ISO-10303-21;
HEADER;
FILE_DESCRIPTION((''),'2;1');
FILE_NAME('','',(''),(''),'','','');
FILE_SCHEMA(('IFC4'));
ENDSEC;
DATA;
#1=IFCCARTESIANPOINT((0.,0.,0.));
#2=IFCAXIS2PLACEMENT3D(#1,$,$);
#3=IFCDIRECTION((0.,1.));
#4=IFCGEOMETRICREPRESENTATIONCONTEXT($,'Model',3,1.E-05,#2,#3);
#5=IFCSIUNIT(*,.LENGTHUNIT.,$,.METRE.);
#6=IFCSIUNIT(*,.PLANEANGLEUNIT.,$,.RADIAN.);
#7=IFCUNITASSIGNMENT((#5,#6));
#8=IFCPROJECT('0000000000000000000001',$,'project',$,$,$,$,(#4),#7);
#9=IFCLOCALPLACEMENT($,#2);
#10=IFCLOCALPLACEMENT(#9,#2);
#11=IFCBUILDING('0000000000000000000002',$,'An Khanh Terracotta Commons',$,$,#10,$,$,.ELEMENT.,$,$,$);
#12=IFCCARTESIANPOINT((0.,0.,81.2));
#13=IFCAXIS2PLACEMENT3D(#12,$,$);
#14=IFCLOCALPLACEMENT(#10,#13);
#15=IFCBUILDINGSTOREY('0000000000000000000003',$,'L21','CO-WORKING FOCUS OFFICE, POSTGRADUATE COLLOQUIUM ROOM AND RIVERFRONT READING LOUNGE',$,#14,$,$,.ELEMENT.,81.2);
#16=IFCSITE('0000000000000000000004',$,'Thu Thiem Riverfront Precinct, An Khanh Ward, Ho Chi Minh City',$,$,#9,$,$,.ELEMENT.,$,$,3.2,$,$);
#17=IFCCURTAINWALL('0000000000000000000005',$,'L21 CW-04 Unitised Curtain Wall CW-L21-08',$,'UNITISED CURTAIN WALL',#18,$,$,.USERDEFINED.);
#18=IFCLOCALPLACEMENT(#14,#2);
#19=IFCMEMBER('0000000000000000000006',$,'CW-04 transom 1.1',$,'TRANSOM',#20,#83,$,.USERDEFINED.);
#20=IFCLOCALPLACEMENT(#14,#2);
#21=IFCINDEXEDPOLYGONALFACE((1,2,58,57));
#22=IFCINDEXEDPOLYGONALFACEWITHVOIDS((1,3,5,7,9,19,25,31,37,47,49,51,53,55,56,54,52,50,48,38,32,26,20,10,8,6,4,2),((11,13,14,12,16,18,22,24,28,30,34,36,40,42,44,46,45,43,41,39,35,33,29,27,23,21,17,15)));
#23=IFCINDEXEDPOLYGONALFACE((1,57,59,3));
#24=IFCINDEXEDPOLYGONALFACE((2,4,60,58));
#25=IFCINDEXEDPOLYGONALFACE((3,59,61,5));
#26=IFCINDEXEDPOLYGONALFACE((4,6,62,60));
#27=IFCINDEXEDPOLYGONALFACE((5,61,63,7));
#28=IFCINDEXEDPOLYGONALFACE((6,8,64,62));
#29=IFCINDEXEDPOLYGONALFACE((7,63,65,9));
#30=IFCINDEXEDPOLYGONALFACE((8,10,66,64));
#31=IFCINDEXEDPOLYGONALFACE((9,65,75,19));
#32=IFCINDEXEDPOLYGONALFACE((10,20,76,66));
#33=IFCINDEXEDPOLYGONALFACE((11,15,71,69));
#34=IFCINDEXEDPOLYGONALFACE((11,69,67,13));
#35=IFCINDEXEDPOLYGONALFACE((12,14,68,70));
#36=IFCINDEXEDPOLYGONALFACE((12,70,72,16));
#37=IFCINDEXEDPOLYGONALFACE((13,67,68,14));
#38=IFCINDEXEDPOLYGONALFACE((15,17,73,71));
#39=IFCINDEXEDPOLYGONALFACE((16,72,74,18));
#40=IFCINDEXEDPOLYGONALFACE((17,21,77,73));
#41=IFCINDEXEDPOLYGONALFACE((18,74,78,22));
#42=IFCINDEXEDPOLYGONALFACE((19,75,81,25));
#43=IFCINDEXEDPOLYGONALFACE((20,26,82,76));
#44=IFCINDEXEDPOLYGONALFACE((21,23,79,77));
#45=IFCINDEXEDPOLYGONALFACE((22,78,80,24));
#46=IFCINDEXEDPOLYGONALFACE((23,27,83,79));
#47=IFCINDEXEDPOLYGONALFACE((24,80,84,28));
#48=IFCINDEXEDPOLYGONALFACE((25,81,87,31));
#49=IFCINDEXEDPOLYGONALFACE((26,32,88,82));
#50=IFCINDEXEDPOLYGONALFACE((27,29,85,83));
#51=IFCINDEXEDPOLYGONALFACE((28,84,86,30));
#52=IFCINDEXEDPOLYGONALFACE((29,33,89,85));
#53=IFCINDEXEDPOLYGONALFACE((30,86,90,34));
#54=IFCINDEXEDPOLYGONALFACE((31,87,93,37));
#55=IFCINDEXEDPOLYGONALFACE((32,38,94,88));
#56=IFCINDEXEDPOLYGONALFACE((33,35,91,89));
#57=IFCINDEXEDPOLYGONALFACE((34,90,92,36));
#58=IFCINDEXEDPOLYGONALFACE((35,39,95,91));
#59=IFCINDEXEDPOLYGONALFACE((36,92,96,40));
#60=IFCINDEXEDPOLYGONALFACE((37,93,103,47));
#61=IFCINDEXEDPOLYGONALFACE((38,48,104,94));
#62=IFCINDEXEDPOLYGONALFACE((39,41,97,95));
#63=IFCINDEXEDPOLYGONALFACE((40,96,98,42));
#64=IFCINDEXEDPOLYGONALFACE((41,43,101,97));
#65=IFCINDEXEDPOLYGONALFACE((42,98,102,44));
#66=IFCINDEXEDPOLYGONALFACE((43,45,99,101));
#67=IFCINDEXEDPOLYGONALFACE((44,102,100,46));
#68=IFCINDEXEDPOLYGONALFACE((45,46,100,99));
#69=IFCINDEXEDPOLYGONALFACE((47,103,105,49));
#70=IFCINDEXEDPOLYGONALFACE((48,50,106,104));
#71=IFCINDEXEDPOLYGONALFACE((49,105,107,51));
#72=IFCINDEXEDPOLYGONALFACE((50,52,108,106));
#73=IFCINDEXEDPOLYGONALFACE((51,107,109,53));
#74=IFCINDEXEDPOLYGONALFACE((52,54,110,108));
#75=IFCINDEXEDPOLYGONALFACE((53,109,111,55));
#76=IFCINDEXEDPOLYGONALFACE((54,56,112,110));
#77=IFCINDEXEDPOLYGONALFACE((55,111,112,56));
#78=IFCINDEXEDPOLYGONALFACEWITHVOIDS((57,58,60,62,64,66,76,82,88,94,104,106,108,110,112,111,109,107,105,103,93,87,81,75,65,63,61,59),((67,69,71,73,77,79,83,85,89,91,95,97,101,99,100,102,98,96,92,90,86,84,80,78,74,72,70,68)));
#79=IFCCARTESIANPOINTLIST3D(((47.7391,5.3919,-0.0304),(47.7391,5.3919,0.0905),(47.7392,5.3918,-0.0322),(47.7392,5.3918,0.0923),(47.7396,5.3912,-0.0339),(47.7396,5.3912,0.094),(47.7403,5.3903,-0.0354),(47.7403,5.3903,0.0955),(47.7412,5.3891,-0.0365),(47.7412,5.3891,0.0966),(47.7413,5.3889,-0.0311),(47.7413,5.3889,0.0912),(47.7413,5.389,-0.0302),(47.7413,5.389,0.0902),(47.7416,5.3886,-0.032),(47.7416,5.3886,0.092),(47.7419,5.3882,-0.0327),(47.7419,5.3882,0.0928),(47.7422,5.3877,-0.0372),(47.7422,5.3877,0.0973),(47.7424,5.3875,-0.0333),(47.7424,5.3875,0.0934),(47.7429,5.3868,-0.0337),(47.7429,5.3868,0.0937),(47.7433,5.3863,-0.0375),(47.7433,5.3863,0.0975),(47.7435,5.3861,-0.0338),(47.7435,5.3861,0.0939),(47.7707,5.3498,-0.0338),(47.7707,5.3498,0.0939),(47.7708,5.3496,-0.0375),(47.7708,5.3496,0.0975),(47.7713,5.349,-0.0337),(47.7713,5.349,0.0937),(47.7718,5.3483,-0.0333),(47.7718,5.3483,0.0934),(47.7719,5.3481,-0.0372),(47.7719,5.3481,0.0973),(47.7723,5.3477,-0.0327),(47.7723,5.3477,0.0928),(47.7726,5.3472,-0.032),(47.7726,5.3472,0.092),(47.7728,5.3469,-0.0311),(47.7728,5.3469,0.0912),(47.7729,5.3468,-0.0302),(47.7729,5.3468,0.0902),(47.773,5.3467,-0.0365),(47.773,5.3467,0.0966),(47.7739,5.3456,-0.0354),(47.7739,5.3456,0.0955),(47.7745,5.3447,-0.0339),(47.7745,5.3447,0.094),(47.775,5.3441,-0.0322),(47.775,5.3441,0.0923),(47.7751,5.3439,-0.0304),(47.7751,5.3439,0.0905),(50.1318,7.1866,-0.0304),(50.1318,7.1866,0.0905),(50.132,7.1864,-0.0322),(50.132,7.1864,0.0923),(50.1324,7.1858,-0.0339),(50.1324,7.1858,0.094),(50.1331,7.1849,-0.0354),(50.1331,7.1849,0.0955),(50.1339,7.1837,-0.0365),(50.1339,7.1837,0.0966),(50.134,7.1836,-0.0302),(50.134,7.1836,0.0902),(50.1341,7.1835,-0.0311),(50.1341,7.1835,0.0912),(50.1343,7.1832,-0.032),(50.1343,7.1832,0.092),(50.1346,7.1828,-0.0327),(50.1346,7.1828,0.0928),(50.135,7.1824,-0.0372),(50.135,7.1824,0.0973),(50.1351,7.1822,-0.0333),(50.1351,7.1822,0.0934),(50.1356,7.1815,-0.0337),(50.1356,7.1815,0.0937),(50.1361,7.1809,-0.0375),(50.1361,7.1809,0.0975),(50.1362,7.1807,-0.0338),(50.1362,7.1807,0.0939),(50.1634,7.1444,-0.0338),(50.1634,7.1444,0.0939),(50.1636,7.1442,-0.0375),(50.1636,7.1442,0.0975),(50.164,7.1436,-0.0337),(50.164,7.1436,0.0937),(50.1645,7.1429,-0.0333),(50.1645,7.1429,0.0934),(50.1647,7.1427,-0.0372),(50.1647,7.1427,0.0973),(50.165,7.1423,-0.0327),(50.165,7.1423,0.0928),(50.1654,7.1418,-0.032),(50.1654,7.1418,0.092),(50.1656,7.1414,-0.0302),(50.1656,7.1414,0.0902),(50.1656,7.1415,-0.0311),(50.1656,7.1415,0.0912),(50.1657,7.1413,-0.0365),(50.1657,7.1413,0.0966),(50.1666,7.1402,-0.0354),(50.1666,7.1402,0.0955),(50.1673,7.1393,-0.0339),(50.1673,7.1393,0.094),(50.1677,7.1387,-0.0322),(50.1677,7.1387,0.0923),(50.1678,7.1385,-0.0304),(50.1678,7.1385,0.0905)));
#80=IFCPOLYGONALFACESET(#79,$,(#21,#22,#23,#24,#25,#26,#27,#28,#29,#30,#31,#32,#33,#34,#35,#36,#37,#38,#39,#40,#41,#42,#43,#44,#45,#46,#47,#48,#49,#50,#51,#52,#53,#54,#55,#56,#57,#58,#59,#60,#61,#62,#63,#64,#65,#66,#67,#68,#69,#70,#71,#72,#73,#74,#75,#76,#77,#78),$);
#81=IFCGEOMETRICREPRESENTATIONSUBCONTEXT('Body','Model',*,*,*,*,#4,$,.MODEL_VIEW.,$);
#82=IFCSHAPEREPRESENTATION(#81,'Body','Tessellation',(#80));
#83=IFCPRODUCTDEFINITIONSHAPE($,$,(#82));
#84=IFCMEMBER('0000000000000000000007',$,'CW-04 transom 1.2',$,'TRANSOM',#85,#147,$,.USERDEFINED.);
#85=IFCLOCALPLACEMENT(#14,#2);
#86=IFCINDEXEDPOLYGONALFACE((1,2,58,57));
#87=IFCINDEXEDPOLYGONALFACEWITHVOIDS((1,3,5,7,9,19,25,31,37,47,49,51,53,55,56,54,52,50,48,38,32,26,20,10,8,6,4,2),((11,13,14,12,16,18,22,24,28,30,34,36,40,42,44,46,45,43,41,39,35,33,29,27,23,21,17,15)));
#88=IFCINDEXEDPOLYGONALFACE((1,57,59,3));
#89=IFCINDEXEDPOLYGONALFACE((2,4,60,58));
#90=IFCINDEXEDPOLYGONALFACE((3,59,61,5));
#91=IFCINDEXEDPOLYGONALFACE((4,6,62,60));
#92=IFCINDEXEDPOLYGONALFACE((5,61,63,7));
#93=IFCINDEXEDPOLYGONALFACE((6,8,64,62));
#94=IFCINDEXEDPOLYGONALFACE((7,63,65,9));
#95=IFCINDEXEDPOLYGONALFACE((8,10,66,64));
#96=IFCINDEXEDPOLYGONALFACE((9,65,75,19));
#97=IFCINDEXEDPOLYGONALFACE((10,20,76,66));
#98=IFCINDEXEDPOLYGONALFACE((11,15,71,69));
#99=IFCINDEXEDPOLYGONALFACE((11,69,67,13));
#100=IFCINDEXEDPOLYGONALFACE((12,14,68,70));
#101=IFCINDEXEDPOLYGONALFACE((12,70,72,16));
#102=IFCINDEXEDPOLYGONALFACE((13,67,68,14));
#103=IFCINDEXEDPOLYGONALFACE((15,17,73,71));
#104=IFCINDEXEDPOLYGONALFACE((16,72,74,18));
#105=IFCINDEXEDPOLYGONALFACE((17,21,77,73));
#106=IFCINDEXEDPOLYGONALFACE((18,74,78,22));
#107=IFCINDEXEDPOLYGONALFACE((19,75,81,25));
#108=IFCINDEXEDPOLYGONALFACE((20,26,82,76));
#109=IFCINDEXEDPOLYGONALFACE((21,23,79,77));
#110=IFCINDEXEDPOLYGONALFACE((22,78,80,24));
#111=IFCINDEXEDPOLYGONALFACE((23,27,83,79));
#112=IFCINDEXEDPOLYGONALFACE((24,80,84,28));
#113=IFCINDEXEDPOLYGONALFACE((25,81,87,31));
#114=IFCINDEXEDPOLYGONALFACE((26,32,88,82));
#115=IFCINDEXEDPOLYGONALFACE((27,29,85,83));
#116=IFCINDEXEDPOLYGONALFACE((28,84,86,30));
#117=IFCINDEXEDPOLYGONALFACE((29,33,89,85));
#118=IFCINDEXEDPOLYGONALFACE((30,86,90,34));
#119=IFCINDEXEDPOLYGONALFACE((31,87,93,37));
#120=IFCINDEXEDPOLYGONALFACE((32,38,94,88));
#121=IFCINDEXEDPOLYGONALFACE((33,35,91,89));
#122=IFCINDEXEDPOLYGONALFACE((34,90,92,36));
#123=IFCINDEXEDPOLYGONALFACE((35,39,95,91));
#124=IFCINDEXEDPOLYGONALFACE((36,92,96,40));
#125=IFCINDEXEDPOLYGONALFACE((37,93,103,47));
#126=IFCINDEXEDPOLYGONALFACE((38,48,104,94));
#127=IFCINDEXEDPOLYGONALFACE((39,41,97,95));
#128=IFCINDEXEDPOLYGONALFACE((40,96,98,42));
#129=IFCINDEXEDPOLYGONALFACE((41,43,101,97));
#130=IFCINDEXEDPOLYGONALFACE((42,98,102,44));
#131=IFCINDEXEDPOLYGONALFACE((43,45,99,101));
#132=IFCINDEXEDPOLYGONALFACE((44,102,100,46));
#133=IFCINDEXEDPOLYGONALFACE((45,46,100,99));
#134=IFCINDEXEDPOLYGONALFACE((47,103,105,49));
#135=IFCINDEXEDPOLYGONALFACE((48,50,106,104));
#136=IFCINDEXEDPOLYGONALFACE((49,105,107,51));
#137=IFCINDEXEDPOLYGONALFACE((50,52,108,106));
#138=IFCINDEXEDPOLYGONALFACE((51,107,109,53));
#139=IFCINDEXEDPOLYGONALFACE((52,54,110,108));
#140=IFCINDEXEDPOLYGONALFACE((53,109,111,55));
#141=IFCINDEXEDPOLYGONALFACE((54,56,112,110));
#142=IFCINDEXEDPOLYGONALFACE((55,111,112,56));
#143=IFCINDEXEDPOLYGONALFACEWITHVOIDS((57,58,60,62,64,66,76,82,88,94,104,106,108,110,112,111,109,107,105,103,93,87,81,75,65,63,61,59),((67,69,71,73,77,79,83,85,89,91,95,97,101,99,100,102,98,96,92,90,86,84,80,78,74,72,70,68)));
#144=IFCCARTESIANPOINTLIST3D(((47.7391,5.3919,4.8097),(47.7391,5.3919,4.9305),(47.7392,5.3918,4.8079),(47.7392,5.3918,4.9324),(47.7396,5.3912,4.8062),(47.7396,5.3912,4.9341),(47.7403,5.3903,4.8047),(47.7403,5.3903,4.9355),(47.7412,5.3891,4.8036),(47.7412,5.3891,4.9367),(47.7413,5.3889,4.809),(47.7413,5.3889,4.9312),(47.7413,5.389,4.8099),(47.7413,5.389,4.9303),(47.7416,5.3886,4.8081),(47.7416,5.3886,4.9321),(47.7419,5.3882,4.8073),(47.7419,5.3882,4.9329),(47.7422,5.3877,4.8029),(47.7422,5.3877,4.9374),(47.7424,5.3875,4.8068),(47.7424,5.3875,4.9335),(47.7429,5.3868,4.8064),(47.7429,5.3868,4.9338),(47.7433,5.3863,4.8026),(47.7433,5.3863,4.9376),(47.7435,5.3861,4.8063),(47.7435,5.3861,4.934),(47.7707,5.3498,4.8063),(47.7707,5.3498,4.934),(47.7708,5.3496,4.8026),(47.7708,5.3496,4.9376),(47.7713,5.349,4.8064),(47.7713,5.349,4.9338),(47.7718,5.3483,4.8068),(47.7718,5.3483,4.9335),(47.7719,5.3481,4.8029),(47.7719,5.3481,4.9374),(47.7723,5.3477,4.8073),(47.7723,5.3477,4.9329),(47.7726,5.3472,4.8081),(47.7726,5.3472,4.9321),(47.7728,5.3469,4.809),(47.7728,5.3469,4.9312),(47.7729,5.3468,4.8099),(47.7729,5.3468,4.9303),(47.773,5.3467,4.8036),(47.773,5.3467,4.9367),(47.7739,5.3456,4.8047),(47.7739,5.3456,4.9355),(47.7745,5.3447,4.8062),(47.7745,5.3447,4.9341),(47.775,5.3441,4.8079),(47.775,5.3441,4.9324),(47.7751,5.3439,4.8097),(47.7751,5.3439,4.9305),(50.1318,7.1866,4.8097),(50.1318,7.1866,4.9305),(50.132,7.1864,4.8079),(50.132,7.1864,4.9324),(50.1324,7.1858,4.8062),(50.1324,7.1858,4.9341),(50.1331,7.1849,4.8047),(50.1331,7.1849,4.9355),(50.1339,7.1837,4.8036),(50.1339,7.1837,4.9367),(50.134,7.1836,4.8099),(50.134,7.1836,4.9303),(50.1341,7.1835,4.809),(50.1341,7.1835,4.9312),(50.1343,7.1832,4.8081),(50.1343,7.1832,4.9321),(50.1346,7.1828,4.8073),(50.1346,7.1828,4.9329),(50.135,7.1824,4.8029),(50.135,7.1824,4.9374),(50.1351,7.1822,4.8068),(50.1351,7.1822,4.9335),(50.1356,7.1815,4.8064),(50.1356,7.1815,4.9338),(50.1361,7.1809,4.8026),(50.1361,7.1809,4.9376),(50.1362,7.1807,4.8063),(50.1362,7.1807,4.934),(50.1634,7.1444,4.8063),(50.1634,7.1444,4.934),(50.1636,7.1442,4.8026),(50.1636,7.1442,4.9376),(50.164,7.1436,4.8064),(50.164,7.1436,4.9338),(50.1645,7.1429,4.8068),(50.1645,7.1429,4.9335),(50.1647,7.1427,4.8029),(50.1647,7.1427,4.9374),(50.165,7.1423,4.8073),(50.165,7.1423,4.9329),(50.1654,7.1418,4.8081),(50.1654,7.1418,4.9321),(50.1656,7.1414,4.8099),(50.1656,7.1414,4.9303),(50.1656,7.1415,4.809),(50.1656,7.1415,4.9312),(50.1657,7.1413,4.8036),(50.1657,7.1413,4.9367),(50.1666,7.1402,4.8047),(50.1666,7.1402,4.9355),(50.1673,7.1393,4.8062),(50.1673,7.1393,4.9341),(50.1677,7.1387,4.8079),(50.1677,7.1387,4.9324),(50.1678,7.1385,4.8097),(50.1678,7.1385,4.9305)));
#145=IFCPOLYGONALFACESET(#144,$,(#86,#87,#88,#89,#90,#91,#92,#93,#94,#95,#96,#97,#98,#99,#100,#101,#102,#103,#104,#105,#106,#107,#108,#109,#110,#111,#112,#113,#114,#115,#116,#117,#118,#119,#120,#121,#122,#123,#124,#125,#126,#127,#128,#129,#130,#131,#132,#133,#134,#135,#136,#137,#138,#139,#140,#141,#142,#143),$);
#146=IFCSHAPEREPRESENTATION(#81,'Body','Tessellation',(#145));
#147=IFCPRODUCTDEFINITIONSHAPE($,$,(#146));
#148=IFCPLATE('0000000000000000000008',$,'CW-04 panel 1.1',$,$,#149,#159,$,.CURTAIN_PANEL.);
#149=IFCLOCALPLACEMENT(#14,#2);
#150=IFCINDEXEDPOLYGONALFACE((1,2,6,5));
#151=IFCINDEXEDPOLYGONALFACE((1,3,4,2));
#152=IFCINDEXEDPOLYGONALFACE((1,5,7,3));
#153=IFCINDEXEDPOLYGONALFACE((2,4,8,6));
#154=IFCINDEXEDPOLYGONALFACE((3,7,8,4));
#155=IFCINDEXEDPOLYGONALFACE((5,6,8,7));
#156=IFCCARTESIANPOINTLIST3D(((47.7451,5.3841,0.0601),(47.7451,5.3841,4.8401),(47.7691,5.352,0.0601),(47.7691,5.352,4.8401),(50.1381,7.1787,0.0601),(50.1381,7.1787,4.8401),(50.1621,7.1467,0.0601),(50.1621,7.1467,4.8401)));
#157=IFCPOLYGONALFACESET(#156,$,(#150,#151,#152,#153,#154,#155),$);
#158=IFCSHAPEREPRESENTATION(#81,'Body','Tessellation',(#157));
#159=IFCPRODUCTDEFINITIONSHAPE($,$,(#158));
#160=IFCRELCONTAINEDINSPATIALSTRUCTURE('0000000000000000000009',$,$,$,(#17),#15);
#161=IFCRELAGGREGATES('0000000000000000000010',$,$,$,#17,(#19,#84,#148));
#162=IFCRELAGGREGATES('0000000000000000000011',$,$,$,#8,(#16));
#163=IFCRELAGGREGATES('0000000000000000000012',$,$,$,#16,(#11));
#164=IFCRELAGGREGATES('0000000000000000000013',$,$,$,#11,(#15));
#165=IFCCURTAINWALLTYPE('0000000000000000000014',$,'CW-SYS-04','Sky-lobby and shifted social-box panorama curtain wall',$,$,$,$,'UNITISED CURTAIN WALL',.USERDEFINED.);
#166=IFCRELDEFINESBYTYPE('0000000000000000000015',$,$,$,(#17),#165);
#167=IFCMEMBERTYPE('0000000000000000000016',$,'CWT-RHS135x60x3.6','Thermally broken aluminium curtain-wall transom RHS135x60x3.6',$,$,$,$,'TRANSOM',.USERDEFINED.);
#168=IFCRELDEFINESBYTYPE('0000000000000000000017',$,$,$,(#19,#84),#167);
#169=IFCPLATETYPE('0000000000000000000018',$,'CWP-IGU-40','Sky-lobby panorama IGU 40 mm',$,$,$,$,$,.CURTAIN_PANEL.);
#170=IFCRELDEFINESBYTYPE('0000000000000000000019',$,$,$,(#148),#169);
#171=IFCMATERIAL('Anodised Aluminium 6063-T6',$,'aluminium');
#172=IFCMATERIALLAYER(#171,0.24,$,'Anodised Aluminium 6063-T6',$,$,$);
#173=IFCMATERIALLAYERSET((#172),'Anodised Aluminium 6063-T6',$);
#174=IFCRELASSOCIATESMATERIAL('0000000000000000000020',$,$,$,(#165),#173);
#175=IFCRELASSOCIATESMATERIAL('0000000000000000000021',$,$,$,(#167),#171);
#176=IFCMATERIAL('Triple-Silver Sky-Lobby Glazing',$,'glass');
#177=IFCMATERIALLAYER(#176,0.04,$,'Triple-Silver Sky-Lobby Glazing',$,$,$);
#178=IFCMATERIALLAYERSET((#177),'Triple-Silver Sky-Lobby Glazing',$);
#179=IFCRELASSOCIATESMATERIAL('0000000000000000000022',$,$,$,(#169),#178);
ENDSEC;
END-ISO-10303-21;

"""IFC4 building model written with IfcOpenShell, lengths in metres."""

from ifc_helpers import new_model, si_unit, direction, frame, origin, origin_2d, place, context, subcontext, project, spatial, rectangle, hollow_rectangle, extrude, material, layer, layer_set, material_profile, profile_set, type_object, element, aggregate, save


model = new_model("IFC4")

# Units and contexts
model_context = context("Model", 3, precision=1e-05, world=origin(), true_north=direction((0.0, 1.0)))
body_context = subcontext(model_context, "Body", "Model", "MODEL_VIEW")
ifc_project = project(units=[si_unit("LENGTHUNIT", "METRE"), si_unit("PLANEANGLEUNIT", "RADIAN")], contexts=[model_context])

# Site, building, storey
site_placement = place(None, origin())
site = spatial("IfcSite", under=ifc_project, at=site_placement, Name="Thu Thiem Riverfront Precinct, An Khanh Ward, Ho Chi Minh City", CompositionType="ELEMENT", RefElevation=3.2)
building_placement = place(site_placement, origin())
building = spatial("IfcBuilding", under=site, at=building_placement, Name="An Khanh Terracotta Commons", CompositionType="ELEMENT")
storey_placement = place(building_placement, frame((0.0, 0.0, 81.2)))
storey = spatial("IfcBuildingStorey", under=building, at=storey_placement, Name="L21", Description="CO-WORKING FOCUS OFFICE, POSTGRADUATE COLLOQUIUM ROOM AND RIVERFRONT READING LOUNGE", CompositionType="ELEMENT", Elevation=81.2)

# Curtain wall, members, plate
ifc_material_1 = material(Name="Anodised Aluminium 6063-T6", Category="aluminium")
ifc_layer_1 = layer(ifc_material_1, 0.24, Name="Anodised Aluminium 6063-T6")
ifc_layer_set_1 = layer_set([ifc_layer_1], Name="Anodised Aluminium 6063-T6")
curtain_wall_type = type_object("IfcCurtainWallType", Name="CW-SYS-04", Description="Sky-lobby and shifted social-box panorama curtain wall", ElementType="UNITISED CURTAIN WALL", PredefinedType="USERDEFINED", material=ifc_layer_set_1)
curtain_wall_placement = place(storey_placement, origin())
curtain_wall = element("IfcCurtainWall", 1, at=curtain_wall_placement, inside=storey, type_object=curtain_wall_type, Name="L21 CW-04 Unitised Curtain Wall CW-L21-08", ObjectType="UNITISED CURTAIN WALL", PredefinedType="USERDEFINED")
ifc_material_profile_1 = material_profile(ifc_material_1, hollow_rectangle(XDim=0.0601, YDim=0.135, WallThickness=0.0037, InnerFilletRadius=0.0037, OuterFilletRadius=0.0071, at=origin_2d()), Name="RHS135x60x3.6")
ifc_profile_set_1 = profile_set([ifc_material_profile_1], Name="Anodised Aluminium 6063-T6")
member_type_1 = type_object("IfcMemberType", Name="CWT-RHS135x60x3.6", Description="Thermally broken aluminium curtain-wall transom RHS135x60x3.6", ElementType="TRANSOM", PredefinedType="USERDEFINED", material=ifc_profile_set_1)
member_1_placement = place(storey_placement, frame((47.7571, 5.3679, 0.03), z_axis=(0.79999, 0.600013, 0.0), x_axis=(-0.600013, 0.79999, 0.0)))
member_1 = element("IfcMember", 2, at=member_1_placement, type_object=member_type_1, Name="CW-04 transom 1.1", ObjectType="TRANSOM", PredefinedType="USERDEFINED", context=body_context, shape_type="SweptSolid", body=[
    extrude(hollow_rectangle(XDim=0.0601, YDim=0.135, WallThickness=0.0037, InnerFilletRadius=0.0037, OuterFilletRadius=0.0071, at=origin_2d()), origin(), (0.0, 0.0, 1.0), 2.991),
])
member_2_placement = place(storey_placement, frame((47.7571, 5.3679, 4.8701), z_axis=(0.79999, 0.600013, 0.0), x_axis=(-0.600013, 0.79999, 0.0)))
member_2 = element("IfcMember", 3, at=member_2_placement, type_object=member_type_1, Name="CW-04 transom 1.2", ObjectType="TRANSOM", PredefinedType="USERDEFINED", context=body_context, shape_type="SweptSolid", body=[
    extrude(hollow_rectangle(XDim=0.0601, YDim=0.135, WallThickness=0.0037, InnerFilletRadius=0.0037, OuterFilletRadius=0.0071, at=origin_2d()), origin(), (0.0, 0.0, 1.0), 2.991),
])
ifc_material_2 = material(Name="Triple-Silver Sky-Lobby Glazing", Category="glass")
ifc_layer_2 = layer(ifc_material_2, 0.04, Name="Triple-Silver Sky-Lobby Glazing")
ifc_layer_set_2 = layer_set([ifc_layer_2], Name="Triple-Silver Sky-Lobby Glazing")
plate_type = type_object("IfcPlateType", Name="CWP-IGU-40", Description="Sky-lobby panorama IGU 40 mm", PredefinedType="CURTAIN_PANEL", material=ifc_layer_set_2)
plate_placement = place(storey_placement, frame((48.9536, 6.2654, 0.0601), z_axis=(0.0, 0.0, 1.0), x_axis=(0.800013, 0.599983, 0.0)))
plate = element("IfcPlate", 4, at=plate_placement, type_object=plate_type, Name="CW-04 panel 1.1", PredefinedType="CURTAIN_PANEL", context=body_context, shape_type="SweptSolid", body=[
    extrude(rectangle(XDim=2.9912, YDim=0.04, at=origin_2d()), origin(), (0.0, 0.0, 1.0), 4.78),
])
aggregate(curtain_wall, [member_1, member_2, plate])

save(model, "model.ifc")
